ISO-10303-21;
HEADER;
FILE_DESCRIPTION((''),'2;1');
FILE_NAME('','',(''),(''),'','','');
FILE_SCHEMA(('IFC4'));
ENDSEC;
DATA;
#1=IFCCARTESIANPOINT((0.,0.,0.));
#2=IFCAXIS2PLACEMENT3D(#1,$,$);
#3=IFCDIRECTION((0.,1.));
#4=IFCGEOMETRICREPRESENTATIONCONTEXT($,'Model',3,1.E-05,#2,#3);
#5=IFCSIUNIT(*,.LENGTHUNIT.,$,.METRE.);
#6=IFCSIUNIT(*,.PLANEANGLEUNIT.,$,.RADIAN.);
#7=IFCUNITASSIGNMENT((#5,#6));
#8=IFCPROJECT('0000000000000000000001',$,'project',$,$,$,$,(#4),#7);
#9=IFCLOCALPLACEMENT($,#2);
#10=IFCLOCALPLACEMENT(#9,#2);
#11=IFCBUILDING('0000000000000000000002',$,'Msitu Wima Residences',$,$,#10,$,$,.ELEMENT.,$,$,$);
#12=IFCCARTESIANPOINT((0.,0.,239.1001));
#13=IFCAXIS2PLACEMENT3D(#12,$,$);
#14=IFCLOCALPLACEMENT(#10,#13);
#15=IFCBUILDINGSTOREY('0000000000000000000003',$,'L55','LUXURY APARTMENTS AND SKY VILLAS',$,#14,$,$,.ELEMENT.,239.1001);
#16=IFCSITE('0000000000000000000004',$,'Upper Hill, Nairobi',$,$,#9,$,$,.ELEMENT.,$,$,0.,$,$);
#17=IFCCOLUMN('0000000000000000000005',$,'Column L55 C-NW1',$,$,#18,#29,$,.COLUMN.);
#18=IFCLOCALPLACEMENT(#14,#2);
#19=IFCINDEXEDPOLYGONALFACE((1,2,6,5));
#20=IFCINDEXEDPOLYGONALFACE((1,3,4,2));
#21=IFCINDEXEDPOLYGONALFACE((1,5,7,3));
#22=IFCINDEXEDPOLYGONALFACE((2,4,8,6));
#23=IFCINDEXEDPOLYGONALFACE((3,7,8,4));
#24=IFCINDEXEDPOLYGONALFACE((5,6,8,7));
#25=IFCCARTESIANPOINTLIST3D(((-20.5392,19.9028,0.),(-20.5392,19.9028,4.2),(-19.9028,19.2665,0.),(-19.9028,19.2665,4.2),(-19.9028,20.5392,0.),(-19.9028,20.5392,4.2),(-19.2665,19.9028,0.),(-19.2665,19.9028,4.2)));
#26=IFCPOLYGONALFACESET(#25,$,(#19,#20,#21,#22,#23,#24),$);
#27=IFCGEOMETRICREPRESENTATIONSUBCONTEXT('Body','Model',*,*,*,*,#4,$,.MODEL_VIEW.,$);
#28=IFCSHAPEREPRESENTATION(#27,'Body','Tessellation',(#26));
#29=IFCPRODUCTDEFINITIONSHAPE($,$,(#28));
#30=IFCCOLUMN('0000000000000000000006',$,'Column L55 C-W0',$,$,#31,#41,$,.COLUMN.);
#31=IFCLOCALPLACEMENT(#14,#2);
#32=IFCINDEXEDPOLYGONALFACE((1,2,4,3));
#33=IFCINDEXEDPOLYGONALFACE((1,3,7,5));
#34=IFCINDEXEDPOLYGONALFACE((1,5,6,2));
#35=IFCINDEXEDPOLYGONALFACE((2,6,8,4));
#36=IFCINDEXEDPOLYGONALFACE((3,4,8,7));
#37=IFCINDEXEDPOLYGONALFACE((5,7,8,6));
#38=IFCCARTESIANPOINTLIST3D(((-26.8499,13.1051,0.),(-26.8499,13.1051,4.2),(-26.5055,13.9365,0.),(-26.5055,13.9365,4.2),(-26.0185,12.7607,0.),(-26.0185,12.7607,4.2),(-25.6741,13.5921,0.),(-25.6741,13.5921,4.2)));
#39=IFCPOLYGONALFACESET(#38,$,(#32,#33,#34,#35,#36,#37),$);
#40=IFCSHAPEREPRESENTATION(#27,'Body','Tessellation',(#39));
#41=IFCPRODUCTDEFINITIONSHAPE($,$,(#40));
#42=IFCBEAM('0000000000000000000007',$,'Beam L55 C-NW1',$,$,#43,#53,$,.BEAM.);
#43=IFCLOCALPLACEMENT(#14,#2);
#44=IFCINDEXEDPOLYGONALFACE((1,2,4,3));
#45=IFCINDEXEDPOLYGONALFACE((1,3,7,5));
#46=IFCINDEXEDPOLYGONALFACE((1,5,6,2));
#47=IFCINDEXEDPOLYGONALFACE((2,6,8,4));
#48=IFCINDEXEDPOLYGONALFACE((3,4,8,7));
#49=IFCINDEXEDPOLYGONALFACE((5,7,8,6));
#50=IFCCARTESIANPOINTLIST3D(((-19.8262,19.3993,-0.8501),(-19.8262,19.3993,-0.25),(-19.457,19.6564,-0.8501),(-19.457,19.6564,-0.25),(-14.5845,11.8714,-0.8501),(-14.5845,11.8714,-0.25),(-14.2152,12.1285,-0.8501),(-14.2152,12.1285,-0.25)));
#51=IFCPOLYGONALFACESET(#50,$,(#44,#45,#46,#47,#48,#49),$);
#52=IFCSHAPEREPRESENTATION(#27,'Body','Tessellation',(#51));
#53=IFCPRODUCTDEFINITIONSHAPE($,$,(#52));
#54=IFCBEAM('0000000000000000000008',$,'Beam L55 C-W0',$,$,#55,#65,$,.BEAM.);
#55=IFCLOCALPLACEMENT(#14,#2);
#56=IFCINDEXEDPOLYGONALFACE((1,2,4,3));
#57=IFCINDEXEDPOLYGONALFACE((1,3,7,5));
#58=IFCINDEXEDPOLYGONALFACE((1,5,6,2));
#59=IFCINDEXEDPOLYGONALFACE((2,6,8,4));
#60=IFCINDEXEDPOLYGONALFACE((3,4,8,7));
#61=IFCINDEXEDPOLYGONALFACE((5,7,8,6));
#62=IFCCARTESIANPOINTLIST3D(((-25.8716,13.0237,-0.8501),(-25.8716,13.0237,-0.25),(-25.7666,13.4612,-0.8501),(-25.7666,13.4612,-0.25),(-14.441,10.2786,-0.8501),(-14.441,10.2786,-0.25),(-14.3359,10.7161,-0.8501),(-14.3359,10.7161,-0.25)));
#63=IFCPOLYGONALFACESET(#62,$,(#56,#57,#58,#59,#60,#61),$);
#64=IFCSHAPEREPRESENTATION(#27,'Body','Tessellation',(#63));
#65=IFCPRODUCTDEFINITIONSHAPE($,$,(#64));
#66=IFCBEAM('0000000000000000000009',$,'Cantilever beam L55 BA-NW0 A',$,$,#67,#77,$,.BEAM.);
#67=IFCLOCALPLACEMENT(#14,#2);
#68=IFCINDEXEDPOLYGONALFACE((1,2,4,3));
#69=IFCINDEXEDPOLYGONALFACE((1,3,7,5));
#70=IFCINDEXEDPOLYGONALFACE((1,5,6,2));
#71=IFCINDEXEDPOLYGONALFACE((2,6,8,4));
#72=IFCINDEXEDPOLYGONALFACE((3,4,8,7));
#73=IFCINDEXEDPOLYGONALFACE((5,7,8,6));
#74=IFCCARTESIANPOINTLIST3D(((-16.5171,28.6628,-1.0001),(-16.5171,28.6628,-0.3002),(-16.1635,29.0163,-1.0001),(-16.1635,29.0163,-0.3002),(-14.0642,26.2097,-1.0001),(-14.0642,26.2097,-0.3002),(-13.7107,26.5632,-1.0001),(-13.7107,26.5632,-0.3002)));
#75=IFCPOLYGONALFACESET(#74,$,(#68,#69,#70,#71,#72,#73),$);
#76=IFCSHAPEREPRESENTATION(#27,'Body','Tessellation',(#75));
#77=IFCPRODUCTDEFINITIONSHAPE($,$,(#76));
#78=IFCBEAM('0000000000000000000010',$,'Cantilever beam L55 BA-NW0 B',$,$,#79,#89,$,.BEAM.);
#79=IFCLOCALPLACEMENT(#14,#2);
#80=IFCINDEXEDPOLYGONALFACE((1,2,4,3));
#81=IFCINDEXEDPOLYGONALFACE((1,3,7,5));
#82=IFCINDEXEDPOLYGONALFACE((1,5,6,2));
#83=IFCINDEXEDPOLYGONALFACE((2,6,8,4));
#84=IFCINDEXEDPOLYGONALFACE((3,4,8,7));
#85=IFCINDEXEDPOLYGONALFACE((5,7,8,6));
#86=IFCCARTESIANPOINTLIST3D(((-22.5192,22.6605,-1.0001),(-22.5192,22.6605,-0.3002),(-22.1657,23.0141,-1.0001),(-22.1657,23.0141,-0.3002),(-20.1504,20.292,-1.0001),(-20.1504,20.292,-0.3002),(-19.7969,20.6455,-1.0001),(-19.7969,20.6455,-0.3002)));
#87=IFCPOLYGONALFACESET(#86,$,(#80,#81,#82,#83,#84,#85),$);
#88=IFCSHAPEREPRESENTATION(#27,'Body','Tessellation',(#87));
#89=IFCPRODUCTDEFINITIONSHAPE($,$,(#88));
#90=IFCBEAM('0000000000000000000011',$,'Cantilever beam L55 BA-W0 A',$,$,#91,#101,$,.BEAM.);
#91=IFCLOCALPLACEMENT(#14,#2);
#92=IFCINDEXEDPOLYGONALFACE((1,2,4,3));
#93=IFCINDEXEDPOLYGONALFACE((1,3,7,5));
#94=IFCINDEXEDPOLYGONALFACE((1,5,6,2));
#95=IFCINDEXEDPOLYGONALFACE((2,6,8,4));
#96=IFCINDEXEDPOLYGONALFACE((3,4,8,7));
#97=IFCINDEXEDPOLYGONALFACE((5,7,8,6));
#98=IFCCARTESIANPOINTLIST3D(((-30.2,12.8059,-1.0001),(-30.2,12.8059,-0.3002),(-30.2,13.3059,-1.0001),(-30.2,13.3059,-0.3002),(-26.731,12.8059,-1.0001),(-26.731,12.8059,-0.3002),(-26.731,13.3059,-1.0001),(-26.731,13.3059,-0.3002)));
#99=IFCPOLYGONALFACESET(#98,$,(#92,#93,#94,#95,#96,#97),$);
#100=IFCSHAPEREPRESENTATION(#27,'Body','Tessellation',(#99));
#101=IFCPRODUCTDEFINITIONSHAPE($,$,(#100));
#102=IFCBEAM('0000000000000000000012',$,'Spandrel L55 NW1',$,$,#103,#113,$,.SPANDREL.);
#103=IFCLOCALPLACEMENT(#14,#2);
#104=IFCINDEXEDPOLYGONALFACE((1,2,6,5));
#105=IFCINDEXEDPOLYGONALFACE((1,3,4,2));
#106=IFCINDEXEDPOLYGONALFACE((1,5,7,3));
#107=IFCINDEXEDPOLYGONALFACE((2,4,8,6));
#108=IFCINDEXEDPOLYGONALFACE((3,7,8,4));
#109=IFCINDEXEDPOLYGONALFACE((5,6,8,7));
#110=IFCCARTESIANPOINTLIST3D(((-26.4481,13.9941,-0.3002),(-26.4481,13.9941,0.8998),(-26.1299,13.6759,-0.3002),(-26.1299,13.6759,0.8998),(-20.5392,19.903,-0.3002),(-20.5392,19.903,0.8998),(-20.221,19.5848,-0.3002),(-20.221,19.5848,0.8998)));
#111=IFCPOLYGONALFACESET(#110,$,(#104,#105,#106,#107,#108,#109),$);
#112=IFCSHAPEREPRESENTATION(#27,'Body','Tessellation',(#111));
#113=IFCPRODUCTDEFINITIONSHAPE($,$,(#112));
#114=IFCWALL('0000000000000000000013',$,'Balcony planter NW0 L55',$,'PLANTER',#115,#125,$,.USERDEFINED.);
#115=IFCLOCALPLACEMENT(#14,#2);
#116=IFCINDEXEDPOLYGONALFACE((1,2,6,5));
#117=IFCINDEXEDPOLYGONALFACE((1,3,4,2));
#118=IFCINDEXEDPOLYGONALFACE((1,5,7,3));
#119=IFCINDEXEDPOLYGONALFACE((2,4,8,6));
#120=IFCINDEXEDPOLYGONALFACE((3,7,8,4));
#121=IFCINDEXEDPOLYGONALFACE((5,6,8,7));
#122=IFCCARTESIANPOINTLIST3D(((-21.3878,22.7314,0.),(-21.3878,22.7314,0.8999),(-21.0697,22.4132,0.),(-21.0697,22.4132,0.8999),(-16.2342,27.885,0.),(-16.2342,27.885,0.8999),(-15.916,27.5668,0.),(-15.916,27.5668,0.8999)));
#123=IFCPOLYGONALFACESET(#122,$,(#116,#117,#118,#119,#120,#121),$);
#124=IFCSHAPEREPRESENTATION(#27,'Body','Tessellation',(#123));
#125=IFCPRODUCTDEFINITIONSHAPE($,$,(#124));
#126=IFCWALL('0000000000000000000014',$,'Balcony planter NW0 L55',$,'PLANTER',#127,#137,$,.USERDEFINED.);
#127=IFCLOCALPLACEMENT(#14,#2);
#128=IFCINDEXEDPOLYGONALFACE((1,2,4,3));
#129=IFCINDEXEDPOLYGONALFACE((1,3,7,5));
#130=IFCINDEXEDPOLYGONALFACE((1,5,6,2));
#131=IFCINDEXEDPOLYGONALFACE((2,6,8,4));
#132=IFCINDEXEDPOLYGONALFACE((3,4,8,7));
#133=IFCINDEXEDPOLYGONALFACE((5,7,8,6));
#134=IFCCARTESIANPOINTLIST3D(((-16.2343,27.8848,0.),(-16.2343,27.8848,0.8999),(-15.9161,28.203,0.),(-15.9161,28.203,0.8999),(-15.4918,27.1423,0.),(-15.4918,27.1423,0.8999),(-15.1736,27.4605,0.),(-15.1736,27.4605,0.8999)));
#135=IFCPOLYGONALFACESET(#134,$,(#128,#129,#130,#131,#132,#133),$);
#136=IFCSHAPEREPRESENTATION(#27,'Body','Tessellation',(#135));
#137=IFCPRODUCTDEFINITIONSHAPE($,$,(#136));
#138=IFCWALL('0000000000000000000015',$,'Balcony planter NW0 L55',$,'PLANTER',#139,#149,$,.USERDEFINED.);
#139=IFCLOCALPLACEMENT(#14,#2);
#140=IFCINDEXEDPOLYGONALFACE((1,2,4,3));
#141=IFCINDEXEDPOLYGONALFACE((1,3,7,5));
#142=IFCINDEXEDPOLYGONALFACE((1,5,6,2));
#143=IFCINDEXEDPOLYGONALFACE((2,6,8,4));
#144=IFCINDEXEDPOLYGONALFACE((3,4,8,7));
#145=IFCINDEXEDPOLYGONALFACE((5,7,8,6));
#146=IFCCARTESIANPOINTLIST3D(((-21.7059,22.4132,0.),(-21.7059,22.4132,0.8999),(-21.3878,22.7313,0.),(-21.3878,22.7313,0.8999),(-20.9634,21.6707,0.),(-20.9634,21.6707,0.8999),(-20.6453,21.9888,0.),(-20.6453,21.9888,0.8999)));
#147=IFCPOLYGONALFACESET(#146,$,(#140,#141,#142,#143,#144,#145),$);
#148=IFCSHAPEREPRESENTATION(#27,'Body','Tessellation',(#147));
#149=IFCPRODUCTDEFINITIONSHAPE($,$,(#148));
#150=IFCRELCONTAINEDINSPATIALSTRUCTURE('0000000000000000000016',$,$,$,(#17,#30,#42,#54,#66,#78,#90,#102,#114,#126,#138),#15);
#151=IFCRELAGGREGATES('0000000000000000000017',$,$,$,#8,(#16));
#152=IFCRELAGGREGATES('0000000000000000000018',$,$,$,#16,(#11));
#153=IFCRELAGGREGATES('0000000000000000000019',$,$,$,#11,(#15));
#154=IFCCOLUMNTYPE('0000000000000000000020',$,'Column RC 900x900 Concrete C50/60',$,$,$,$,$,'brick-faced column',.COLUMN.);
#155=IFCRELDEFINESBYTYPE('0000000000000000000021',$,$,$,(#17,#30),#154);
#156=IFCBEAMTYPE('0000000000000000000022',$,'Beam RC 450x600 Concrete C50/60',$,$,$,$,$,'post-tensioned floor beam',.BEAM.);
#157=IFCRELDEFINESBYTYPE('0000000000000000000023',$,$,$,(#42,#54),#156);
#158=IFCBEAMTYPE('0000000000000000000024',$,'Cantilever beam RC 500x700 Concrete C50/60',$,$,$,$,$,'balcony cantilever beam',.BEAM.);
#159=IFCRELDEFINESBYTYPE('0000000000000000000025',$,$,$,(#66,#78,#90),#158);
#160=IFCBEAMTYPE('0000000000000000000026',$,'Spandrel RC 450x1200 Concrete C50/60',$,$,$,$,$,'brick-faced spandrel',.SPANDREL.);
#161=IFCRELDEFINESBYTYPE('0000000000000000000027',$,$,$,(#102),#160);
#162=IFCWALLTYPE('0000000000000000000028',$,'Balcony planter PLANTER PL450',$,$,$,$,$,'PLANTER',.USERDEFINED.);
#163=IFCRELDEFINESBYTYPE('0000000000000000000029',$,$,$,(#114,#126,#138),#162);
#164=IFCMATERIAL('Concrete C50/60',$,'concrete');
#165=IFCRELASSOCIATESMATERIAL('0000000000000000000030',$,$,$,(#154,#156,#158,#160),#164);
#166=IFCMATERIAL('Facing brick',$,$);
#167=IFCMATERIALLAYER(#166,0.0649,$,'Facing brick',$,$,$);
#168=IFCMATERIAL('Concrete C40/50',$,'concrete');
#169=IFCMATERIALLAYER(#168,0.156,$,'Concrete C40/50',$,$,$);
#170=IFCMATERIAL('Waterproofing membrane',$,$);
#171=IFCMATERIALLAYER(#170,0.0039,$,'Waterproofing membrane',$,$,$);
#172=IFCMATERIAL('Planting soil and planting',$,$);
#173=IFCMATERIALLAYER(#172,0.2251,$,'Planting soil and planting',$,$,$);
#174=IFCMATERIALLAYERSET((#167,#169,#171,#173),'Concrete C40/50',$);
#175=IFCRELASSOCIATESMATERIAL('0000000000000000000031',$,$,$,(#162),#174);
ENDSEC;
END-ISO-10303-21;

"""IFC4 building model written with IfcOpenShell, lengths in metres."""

from ifc_helpers import new_model, si_unit, direction, frame, frame_2d, origin, origin_2d, place, context, subcontext, project, spatial, rectangle, extrude, material, layer, layer_set, material_profile, profile_set, type_object, element, save


model = new_model("IFC4")

# Units and contexts
model_context = context("Model", 3, precision=1e-05, world=origin(), true_north=direction((0.0, 1.0)))
body_context = subcontext(model_context, "Body", "Model", "MODEL_VIEW")
ifc_project = project(units=[si_unit("LENGTHUNIT", "METRE"), si_unit("PLANEANGLEUNIT", "RADIAN")], contexts=[model_context])

# Site, building, storey
site_placement = place(None, origin())
site = spatial("IfcSite", under=ifc_project, at=site_placement, Name="Upper Hill, Nairobi", CompositionType="ELEMENT", RefElevation=0.0)
building_placement = place(site_placement, origin())
building = spatial("IfcBuilding", under=site, at=building_placement, Name="Msitu Wima Residences", CompositionType="ELEMENT")
storey_placement = place(building_placement, frame((0.0, 0.0, 239.1001)))
storey = spatial("IfcBuildingStorey", under=building, at=storey_placement, Name="L55", Description="LUXURY APARTMENTS AND SKY VILLAS", CompositionType="ELEMENT", Elevation=239.1001)

# Columns
ifc_material_1 = material(Name="Concrete C50/60", Category="concrete")
ifc_material_profile_1 = material_profile(ifc_material_1, rectangle(XDim=0.8999, YDim=0.8999, at=origin_2d()), Name="RC 900x900")
ifc_profile_set_1 = profile_set([ifc_material_profile_1], Name="Concrete C50/60")
column_type = type_object("IfcColumnType", Name="Column RC 900x900 Concrete C50/60", ElementType="brick-faced column", PredefinedType="COLUMN", material=ifc_profile_set_1)
for number, where, z_axis, x_axis, name in (
    (1, (-19.9028, 19.9028, 0.0), (0.0, 0.0, 1.0), (-0.707107, -0.707107, 0.0), "Column L55 C-NW1"),
    (2, (-26.262, 13.3486, 0.0), (0.0, 0.0, 1.0), (-0.382683, -0.92388, 0.0), "Column L55 C-W0"),
):
    element("IfcColumn", number, at=place(storey_placement, frame(where, z_axis=z_axis, x_axis=x_axis)), inside=storey, type_object=column_type, Name=name, PredefinedType="COLUMN", context=body_context, shape_type="SweptSolid", body=[
        extrude(rectangle(XDim=0.8999, YDim=0.8999, at=origin_2d()), origin(), (0.0, 0.0, 1.0), 4.2),
    ])

# Beams
ifc_material_profile_2 = material_profile(ifc_material_1, rectangle(XDim=0.45, YDim=0.6001, at=origin_2d()), Name="RC 450x600")
ifc_profile_set_2 = profile_set([ifc_material_profile_2], Name="Concrete C50/60")
beam_type_1 = type_object("IfcBeamType", Name="Beam RC 450x600 Concrete C50/60", ElementType="post-tensioned floor beam", PredefinedType="BEAM", material=ifc_profile_set_2)
beam_1_placement = place(storey_placement, frame((-19.6416, 19.5278, -0.55), z_axis=(0.571428, -0.820652, 0.0), x_axis=(0.820652, 0.571428, 0.0)))
element("IfcBeam", 3, at=beam_1_placement, inside=storey, type_object=beam_type_1, Name="Beam L55 C-NW1", PredefinedType="BEAM", context=body_context, shape_type="SweptSolid", body=[
    extrude(rectangle(XDim=0.45, YDim=0.6001, at=origin_2d()), origin(), (0.0, 0.0, 1.0), 9.1731),
])
beam_2_placement = place(storey_placement, frame((-25.8191, 13.2424, -0.55), z_axis=(0.972353, -0.233514, 0.0), x_axis=(0.233514, 0.972353, 0.0)))
element("IfcBeam", 4, at=beam_2_placement, inside=storey, type_object=beam_type_1, Name="Beam L55 C-W0", PredefinedType="BEAM", context=body_context, shape_type="SweptSolid", body=[
    extrude(rectangle(XDim=0.45, YDim=0.6001, at=origin_2d()), origin(), (0.0, 0.0, 1.0), 11.7556),
])
ifc_material_profile_3 = material_profile(ifc_material_1, rectangle(XDim=0.5, YDim=0.7, at=origin_2d()), Name="RC 500x700")
ifc_profile_set_3 = profile_set([ifc_material_profile_3], Name="Concrete C50/60")
beam_type_2 = type_object("IfcBeamType", Name="Cantilever beam RC 500x700 Concrete C50/60", ElementType="balcony cantilever beam", PredefinedType="BEAM", material=ifc_profile_set_3)
beam_3_placement = place(storey_placement, frame((-13.8875, 26.3865, -0.6501), z_axis=(-0.707072, 0.707142, 0.0), x_axis=(-0.707142, -0.707072, 0.0)))
element("IfcBeam", 5, at=beam_3_placement, inside=storey, type_object=beam_type_2, Name="Cantilever beam L55 BA-NW0 A", PredefinedType="BEAM", context=body_context, shape_type="SweptSolid", body=[
    extrude(rectangle(XDim=0.5, YDim=0.7, at=origin_2d()), origin(), (0.0, 0.0, 1.0), 3.469),
])
beam_4_placement = place(storey_placement, frame((-19.9736, 20.4688, -0.6501), z_axis=(-0.707143, 0.70707, 0.0), x_axis=(-0.70707, -0.707143, 0.0)))
element("IfcBeam", 6, at=beam_4_placement, inside=storey, type_object=beam_type_2, Name="Cantilever beam L55 BA-NW0 B", PredefinedType="BEAM", context=body_context, shape_type="SweptSolid", body=[
    extrude(rectangle(XDim=0.5, YDim=0.7, at=origin_2d()), origin(), (0.0, 0.0, 1.0), 3.3499),
])
beam_5_placement = place(storey_placement, frame((-26.731, 13.0559, -0.6501), z_axis=(-1.0, 0.0, 0.0), x_axis=(0.0, -1.0, 0.0)))
element("IfcBeam", 7, at=beam_5_placement, inside=storey, type_object=beam_type_2, Name="Cantilever beam L55 BA-W0 A", PredefinedType="BEAM", context=body_context, shape_type="SweptSolid", body=[
    extrude(rectangle(XDim=0.5, YDim=0.7, at=origin_2d()), origin(), (0.0, 0.0, 1.0), 3.469),
])
ifc_material_profile_4 = material_profile(ifc_material_1, rectangle(XDim=0.45, YDim=1.2, at=origin_2d()), Name="RC 450x1200")
ifc_profile_set_4 = profile_set([ifc_material_profile_4], Name="Concrete C50/60")
beam_type_3 = type_object("IfcBeamType", Name="Spandrel RC 450x1200 Concrete C50/60", ElementType="brick-faced spandrel", PredefinedType="SPANDREL", material=ifc_profile_set_4)
beam_6_placement = place(storey_placement, frame((-20.3801, 19.7439, 0.2998), z_axis=(-0.707107, -0.707107, 0.0), x_axis=(0.707107, -0.707107, 0.0)))
element("IfcBeam", 8, at=beam_6_placement, inside=storey, type_object=beam_type_3, Name="Spandrel L55 NW1", PredefinedType="SPANDREL", context=body_context, shape_type="SweptSolid", body=[
    extrude(rectangle(XDim=0.45, YDim=1.2, at=origin_2d()), origin(), (0.0, 0.0, 1.0), 8.3564),
])

# Walls
ifc_material_2 = material(Name="Facing brick")
ifc_layer_1 = layer(ifc_material_2, 0.0649, Name="Facing brick")
ifc_material_3 = material(Name="Concrete C40/50", Category="concrete")
ifc_layer_2 = layer(ifc_material_3, 0.156, Name="Concrete C40/50")
ifc_material_4 = material(Name="Waterproofing membrane")
ifc_layer_3 = layer(ifc_material_4, 0.0039, Name="Waterproofing membrane")
ifc_material_5 = material(Name="Planting soil and planting")
ifc_layer_4 = layer(ifc_material_5, 0.2251, Name="Planting soil and planting")
ifc_layer_set_1 = layer_set([ifc_layer_1, ifc_layer_2, ifc_layer_3, ifc_layer_4], Name="Concrete C40/50")
wall_type_1 = type_object("IfcWallType", Name="Balcony planter PLANTER PL450", ElementType="PLANTER", PredefinedType="USERDEFINED", material=ifc_layer_set_1)
wall_1_placement = place(storey_placement, frame((-16.0752, 27.7258, 0.0), z_axis=(0.0, 0.0, 1.0), x_axis=(-0.707107, -0.707107, 0.0)))
element("IfcWall", 9, at=wall_1_placement, inside=storey, type_object=wall_type_1, Name="Balcony planter NW0 L55", ObjectType="PLANTER", PredefinedType="USERDEFINED", context=body_context, shape_type="SweptSolid", body=[
    extrude(rectangle(XDim=7.2883, YDim=0.45, at=frame_2d((3.644, 0.0))), origin(), (0.0, 0.0, 1.0), 0.8999),
])
for number, where, z_axis, x_axis, name in (
    (10, (-15.3328, 27.3015, 0.0), (0.0, 0.0, 1.0), (-0.707107, 0.707107, 0.0), "Balcony planter NW0 L55"),
    (11, (-20.8044, 21.8298, 0.0), (0.0, 0.0, 1.0), (-0.707107, 0.707107, 0.0), "Balcony planter NW0 L55"),
):
    element("IfcWall", number, at=place(storey_placement, frame(where, z_axis=z_axis, x_axis=x_axis)), inside=storey, type_object=wall_type_1, Name=name, ObjectType="PLANTER", PredefinedType="USERDEFINED", context=body_context, shape_type="SweptSolid", body=[
        extrude(rectangle(XDim=1.05, YDim=0.45, at=frame_2d((0.5249, 0.0))), origin(), (0.0, 0.0, 1.0), 0.8999),
    ])

save(model, "model.ifc")
